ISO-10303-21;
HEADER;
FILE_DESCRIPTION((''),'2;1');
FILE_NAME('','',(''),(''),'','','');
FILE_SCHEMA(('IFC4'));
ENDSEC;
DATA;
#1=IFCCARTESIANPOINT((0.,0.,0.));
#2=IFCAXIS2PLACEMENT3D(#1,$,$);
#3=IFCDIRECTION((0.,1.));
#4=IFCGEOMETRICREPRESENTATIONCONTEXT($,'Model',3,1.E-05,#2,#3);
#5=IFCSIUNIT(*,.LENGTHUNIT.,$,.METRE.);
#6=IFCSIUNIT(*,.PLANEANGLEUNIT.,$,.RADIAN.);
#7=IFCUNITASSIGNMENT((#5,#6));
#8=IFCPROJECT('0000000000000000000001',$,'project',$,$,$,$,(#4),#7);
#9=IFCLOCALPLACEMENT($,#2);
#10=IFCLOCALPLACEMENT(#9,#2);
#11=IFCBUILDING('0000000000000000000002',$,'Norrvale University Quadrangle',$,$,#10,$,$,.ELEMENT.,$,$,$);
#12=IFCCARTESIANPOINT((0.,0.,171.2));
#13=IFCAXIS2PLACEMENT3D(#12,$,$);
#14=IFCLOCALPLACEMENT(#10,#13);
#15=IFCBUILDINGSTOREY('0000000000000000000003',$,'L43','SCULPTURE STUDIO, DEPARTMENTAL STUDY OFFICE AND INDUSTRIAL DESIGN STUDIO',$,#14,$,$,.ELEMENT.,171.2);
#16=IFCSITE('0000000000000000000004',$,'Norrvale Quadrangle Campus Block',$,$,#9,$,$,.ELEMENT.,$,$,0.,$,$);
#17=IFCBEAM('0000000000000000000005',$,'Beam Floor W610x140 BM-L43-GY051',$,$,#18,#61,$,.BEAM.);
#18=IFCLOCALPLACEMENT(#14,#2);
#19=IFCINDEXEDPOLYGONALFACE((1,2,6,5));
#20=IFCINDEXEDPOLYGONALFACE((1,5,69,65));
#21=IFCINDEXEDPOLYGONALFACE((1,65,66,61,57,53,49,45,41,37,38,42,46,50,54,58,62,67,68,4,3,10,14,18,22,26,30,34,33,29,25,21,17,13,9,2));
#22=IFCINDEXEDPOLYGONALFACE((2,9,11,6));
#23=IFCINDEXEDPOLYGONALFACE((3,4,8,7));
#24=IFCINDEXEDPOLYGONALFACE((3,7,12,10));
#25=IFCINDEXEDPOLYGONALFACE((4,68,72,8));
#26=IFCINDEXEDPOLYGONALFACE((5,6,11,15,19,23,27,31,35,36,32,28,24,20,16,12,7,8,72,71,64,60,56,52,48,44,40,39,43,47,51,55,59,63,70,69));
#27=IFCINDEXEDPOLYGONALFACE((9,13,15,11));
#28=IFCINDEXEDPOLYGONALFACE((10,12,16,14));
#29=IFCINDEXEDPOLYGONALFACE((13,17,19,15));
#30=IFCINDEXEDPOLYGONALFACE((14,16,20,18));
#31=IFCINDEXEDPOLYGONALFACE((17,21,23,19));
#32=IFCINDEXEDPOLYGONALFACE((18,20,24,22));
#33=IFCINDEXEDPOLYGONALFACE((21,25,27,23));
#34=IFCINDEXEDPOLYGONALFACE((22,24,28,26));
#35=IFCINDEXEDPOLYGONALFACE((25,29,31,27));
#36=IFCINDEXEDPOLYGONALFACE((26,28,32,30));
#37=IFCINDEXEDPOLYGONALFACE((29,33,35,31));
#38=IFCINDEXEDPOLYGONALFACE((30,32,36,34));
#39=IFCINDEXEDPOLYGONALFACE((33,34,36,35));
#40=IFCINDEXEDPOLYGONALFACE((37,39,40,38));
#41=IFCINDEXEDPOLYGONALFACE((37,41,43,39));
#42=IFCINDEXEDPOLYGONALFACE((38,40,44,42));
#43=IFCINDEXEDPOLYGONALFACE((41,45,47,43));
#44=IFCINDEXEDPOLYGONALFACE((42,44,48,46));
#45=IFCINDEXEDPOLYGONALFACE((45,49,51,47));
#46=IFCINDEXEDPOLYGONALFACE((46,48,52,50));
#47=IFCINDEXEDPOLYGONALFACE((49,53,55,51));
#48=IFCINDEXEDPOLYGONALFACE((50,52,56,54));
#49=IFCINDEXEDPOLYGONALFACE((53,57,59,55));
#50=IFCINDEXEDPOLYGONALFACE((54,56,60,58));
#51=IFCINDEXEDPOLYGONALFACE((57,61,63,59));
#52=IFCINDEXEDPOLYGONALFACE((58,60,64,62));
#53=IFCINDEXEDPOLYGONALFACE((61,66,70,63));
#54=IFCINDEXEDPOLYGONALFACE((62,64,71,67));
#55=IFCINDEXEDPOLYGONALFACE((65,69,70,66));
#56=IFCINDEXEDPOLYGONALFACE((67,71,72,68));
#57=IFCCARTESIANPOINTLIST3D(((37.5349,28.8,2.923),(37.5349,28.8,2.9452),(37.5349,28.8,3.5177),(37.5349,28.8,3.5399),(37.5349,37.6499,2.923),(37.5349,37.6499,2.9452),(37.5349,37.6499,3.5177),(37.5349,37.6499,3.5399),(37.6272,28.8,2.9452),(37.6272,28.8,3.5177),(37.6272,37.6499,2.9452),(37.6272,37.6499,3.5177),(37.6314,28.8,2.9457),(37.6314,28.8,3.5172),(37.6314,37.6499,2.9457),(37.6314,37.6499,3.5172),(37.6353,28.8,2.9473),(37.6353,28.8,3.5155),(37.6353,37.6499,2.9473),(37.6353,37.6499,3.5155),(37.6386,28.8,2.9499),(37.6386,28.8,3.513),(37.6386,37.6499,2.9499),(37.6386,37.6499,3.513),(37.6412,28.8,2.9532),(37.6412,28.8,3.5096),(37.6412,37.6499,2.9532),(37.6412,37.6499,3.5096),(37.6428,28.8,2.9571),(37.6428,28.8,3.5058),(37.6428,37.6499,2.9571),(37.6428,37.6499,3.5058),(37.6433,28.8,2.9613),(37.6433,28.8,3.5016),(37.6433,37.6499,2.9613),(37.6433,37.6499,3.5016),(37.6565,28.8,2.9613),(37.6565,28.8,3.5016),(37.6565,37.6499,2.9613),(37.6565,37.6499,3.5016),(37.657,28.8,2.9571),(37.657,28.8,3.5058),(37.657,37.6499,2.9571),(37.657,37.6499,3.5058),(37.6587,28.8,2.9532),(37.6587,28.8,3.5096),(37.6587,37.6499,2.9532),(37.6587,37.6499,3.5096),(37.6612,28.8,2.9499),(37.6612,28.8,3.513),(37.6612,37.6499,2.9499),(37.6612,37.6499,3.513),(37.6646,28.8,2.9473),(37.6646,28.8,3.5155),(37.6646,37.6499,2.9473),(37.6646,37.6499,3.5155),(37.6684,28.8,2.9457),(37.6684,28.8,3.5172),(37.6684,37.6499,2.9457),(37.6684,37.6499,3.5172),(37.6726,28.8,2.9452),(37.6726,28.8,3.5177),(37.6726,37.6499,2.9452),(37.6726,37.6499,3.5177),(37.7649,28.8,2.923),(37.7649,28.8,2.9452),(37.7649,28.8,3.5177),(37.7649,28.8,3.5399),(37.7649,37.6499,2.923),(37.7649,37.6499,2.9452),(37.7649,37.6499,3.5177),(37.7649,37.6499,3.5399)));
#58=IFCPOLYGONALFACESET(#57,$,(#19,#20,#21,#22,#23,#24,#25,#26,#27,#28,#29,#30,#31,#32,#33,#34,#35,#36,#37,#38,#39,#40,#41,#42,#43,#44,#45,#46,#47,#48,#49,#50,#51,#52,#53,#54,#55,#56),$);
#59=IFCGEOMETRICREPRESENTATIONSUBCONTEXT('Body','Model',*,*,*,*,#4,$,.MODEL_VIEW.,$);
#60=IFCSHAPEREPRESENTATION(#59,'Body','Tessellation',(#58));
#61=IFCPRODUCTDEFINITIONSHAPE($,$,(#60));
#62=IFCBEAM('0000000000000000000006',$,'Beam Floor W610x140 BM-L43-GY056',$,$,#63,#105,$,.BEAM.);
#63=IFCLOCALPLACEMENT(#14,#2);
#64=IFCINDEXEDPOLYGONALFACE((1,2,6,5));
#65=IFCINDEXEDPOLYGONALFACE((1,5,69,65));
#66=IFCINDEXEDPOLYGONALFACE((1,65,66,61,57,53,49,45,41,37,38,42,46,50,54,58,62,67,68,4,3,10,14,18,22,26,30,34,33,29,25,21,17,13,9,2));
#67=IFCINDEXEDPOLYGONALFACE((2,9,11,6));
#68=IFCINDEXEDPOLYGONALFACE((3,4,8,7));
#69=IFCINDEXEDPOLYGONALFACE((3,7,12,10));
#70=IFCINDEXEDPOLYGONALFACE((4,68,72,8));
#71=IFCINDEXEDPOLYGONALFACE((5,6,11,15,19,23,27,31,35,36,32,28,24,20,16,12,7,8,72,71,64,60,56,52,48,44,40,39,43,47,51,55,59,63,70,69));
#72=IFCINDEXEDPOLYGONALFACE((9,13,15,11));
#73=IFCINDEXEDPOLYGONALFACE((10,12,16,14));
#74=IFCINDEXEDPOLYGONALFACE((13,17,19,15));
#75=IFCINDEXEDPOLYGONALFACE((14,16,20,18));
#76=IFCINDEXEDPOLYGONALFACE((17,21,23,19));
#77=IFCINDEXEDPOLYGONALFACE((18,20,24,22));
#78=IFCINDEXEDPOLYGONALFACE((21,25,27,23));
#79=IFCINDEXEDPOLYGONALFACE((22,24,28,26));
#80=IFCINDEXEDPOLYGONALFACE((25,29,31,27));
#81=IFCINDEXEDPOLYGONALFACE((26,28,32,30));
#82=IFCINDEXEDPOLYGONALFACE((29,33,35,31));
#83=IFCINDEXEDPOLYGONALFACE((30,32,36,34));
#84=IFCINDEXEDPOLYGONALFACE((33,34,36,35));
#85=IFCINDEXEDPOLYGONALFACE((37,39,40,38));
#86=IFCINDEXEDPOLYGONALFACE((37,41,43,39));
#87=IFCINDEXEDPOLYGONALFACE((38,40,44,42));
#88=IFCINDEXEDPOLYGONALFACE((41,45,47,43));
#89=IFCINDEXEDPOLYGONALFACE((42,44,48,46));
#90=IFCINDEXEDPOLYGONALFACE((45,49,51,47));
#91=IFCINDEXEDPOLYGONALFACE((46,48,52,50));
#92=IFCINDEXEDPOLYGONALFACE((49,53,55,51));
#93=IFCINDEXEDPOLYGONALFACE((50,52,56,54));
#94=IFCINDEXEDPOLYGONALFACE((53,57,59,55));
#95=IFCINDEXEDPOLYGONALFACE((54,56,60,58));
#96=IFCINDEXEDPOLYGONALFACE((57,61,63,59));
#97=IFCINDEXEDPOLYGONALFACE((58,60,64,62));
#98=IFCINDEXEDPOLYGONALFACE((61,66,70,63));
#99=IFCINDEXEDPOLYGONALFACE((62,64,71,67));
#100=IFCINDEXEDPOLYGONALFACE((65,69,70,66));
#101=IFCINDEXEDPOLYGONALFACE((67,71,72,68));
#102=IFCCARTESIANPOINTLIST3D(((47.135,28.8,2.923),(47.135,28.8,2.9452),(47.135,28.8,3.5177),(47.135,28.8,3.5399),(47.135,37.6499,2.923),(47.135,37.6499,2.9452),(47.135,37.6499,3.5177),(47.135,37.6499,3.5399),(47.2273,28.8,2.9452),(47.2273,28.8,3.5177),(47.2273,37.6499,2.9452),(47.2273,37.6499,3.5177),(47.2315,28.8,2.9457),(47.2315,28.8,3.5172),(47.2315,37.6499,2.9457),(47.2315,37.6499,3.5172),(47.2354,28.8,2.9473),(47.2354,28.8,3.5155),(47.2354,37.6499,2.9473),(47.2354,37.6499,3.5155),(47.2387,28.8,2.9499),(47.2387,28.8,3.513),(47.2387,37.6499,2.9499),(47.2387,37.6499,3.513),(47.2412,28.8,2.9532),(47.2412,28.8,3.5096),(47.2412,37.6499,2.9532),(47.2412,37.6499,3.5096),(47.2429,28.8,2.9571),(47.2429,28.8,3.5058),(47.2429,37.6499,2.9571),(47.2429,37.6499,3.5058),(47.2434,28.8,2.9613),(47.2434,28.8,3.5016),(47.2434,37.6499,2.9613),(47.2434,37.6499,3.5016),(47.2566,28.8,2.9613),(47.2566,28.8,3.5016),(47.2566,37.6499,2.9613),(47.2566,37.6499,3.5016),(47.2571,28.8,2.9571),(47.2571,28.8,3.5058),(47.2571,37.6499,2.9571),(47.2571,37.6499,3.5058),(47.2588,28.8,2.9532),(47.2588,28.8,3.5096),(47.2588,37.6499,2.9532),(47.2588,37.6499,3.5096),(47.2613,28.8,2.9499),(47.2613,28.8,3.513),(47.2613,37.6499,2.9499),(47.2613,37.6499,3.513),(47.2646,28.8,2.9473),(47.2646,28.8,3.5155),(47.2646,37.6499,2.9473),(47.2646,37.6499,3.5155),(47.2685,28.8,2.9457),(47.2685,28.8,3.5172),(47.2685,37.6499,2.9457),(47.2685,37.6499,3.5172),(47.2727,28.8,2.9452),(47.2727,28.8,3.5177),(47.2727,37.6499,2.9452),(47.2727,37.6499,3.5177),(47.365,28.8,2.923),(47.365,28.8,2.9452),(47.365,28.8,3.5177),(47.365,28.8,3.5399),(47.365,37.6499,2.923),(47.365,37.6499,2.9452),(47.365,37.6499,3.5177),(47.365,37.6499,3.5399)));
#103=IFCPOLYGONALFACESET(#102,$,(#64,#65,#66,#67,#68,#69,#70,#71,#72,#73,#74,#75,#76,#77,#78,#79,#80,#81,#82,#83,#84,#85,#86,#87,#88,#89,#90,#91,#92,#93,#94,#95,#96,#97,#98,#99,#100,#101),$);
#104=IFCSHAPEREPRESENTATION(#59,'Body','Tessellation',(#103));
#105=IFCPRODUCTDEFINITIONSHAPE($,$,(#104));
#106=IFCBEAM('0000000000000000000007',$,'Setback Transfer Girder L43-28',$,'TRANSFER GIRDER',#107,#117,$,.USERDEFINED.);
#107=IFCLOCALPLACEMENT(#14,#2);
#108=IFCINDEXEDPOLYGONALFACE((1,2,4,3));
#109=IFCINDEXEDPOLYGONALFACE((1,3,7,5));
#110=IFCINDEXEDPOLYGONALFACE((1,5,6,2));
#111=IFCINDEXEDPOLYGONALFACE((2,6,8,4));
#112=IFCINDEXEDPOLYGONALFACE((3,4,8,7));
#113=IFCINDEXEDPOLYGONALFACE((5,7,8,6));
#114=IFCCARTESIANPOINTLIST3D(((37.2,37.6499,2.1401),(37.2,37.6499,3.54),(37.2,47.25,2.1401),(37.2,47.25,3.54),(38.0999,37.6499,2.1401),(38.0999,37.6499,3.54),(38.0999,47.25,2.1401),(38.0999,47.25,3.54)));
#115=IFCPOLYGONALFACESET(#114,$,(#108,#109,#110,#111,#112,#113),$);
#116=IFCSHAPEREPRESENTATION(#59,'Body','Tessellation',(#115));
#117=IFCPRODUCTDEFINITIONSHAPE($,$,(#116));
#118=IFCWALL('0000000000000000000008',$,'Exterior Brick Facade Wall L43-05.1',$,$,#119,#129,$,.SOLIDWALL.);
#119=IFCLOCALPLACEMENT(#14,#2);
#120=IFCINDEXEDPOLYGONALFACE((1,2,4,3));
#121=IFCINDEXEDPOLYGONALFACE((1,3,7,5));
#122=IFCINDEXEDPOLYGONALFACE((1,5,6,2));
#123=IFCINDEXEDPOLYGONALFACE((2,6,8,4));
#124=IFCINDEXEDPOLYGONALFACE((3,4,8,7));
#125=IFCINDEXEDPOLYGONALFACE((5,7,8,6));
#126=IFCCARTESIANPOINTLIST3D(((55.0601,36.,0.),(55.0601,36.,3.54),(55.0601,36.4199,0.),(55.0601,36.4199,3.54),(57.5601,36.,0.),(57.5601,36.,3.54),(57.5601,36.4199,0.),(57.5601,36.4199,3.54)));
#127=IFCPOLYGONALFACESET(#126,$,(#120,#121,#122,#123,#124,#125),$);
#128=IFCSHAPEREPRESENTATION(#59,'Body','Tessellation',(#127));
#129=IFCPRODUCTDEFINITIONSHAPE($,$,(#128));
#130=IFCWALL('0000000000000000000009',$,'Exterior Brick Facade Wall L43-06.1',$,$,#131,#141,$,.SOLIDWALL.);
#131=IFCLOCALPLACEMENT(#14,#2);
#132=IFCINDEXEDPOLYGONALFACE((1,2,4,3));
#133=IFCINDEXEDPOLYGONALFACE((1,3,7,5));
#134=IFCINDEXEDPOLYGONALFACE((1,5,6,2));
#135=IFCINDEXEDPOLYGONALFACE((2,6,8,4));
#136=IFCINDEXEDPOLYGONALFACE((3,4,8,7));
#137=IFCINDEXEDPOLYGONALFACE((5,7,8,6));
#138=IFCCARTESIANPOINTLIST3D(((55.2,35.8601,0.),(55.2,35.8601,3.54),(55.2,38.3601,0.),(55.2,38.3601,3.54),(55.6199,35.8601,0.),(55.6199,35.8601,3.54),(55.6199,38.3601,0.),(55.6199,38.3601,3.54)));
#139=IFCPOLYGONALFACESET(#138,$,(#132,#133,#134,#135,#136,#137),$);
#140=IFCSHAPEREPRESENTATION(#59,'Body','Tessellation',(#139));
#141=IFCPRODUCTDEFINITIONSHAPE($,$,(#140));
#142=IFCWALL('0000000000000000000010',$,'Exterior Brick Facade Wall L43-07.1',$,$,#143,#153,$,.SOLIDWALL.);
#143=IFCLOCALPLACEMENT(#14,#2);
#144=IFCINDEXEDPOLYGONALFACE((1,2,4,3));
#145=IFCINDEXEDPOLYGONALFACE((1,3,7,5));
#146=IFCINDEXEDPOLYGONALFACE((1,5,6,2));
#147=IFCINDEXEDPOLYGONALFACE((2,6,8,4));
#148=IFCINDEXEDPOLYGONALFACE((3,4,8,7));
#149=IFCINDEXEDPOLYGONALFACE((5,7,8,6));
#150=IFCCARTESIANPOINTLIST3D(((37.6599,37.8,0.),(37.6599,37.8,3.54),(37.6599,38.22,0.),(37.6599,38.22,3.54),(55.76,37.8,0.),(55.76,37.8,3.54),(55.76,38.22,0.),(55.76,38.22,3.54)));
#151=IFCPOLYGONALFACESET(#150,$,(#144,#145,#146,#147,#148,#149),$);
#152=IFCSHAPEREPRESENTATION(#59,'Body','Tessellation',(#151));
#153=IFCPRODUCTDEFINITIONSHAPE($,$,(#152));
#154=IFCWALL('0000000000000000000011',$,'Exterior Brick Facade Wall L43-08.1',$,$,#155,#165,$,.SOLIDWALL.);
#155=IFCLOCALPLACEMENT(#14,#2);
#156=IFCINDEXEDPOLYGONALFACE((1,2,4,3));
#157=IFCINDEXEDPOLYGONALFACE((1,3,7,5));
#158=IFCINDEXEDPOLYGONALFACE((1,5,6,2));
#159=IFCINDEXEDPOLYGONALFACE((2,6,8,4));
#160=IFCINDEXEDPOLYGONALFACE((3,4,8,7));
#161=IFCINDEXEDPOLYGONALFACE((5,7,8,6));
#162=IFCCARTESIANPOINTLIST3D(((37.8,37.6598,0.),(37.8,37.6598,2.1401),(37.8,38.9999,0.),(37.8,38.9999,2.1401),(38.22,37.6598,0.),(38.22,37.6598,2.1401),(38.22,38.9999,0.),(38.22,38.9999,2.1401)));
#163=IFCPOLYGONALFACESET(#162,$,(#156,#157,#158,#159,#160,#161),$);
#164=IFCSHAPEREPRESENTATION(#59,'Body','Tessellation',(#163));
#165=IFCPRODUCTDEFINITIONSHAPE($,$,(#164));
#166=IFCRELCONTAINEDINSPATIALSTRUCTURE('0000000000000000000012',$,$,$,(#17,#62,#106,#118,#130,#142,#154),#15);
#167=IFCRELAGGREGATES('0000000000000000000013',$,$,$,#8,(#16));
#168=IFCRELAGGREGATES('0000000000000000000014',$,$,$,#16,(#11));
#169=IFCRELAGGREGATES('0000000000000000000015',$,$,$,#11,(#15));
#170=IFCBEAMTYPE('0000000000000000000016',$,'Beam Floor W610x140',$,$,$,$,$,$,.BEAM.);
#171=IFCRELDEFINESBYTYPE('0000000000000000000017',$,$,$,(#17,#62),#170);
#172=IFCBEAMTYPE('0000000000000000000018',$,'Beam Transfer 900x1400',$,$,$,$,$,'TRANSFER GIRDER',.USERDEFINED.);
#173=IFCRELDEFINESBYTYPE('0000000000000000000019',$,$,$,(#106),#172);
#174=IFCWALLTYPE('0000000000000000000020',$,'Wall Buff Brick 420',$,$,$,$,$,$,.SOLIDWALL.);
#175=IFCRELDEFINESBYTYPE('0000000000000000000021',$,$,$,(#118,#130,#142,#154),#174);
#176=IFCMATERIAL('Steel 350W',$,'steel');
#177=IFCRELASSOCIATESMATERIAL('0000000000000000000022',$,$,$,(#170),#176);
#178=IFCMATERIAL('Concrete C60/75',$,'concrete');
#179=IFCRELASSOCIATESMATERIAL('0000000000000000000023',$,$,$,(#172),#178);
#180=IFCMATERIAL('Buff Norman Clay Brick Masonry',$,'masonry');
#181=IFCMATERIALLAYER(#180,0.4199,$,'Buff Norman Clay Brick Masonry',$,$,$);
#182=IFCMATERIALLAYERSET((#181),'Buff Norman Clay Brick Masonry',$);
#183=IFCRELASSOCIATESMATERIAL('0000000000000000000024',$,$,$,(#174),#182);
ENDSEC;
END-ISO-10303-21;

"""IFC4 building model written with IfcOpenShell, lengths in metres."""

from ifc_helpers import new_model, si_unit, direction, frame, frame_2d, origin, origin_2d, place, context, subcontext, project, spatial, rectangle, i_section, extrude, material, layer, layer_set, material_profile, profile_set, type_object, element, save


model = new_model("IFC4")

# Units and contexts
model_context = context("Model", 3, precision=1e-05, world=origin(), true_north=direction((0.0, 1.0)))
body_context = subcontext(model_context, "Body", "Model", "MODEL_VIEW")
ifc_project = project(units=[si_unit("LENGTHUNIT", "METRE"), si_unit("PLANEANGLEUNIT", "RADIAN")], contexts=[model_context])

# Site, building, storey
site_placement = place(None, origin())
site = spatial("IfcSite", under=ifc_project, at=site_placement, Name="Norrvale Quadrangle Campus Block", CompositionType="ELEMENT", RefElevation=0.0)
building_placement = place(site_placement, origin())
building = spatial("IfcBuilding", under=site, at=building_placement, Name="Norrvale University Quadrangle", CompositionType="ELEMENT")
storey_placement = place(building_placement, frame((0.0, 0.0, 171.2)))
storey = spatial("IfcBuildingStorey", under=building, at=storey_placement, Name="L43", Description="SCULPTURE STUDIO, DEPARTMENTAL STUDY OFFICE AND INDUSTRIAL DESIGN STUDIO", CompositionType="ELEMENT", Elevation=171.2)

# Shared definitions
ifc_material_1 = material(Name="Concrete C60/75", Category="concrete")

# Beams
ifc_material_2 = material(Name="Steel 350W", Category="steel")
ifc_material_profile_1 = material_profile(ifc_material_2, i_section(OverallWidth=0.23, OverallDepth=0.6169, WebThickness=0.0132, FlangeThickness=0.0222, FilletRadius=0.0161, at=origin_2d()), Name="Steel 350W")
ifc_profile_set_1 = profile_set([ifc_material_profile_1], Name="Steel 350W")
beam_type_1 = type_object("IfcBeamType", Name="Beam Floor W610x140", PredefinedType="BEAM", material=ifc_profile_set_1)
for number, where, z_axis, x_axis, name in (
    (1, (37.6499, 28.8, 3.2314), (0.0, 1.0, 0.0), (-1.0, 0.0, 0.0), "Beam Floor W610x140 BM-L43-GY051"),
    (2, (47.25, 28.8, 3.2314), (0.0, 1.0, 0.0), (-1.0, 0.0, 0.0), "Beam Floor W610x140 BM-L43-GY056"),
):
    element("IfcBeam", number, at=place(storey_placement, frame(where, z_axis=z_axis, x_axis=x_axis)), inside=storey, type_object=beam_type_1, Name=name, PredefinedType="BEAM", context=body_context, shape_type="SweptSolid", body=[
        extrude(i_section(OverallWidth=0.23, OverallDepth=0.6169, WebThickness=0.0132, FlangeThickness=0.0222, FilletRadius=0.0161, at=origin_2d()), origin(), (0.0, 0.0, 1.0), 8.8499),
    ])
ifc_material_profile_2 = material_profile(ifc_material_1, rectangle(XDim=0.8999, YDim=1.3999, at=origin_2d()), Name="Concrete C60/75")
ifc_profile_set_2 = profile_set([ifc_material_profile_2], Name="Concrete C60/75")
beam_type_2 = type_object("IfcBeamType", Name="Beam Transfer 900x1400", ElementType="TRANSFER GIRDER", PredefinedType="USERDEFINED", material=ifc_profile_set_2)
beam_placement = place(storey_placement, frame((37.6499, 37.6499, 2.8401), z_axis=(0.0, 1.0, 0.0), x_axis=(-1.0, 0.0, 0.0)))
element("IfcBeam", 3, at=beam_placement, inside=storey, type_object=beam_type_2, Name="Setback Transfer Girder L43-28", ObjectType="TRANSFER GIRDER", PredefinedType="USERDEFINED", context=body_context, shape_type="SweptSolid", body=[
    extrude(rectangle(XDim=0.8999, YDim=1.3999, at=origin_2d()), origin(), (0.0, 0.0, 1.0), 9.6001),
])

# Walls
ifc_material_3 = material(Name="Buff Norman Clay Brick Masonry", Category="masonry")
ifc_layer = layer(ifc_material_3, 0.4199, Name="Buff Norman Clay Brick Masonry")
ifc_layer_set = layer_set([ifc_layer], Name="Buff Norman Clay Brick Masonry")
wall_type = type_object("IfcWallType", Name="Wall Buff Brick 420", PredefinedType="SOLIDWALL", material=ifc_layer_set)
for number, where, z_axis, x_axis, name in (
    (4, (57.5601, 36.21, 0.0), (0.0, 0.0, 1.0), (-1.0, 0.0, 0.0), "Exterior Brick Facade Wall L43-05.1"),
    (5, (55.4099, 35.8601, 0.0), (0.0, 0.0, 1.0), (0.0, 1.0, 0.0), "Exterior Brick Facade Wall L43-06.1"),
):
    element("IfcWall", number, at=place(storey_placement, frame(where, z_axis=z_axis, x_axis=x_axis)), inside=storey, type_object=wall_type, Name=name, PredefinedType="SOLIDWALL", context=body_context, shape_type="SweptSolid", body=[
        extrude(rectangle(XDim=2.5, YDim=0.4199, at=frame_2d((1.25, 0.0))), origin(), (0.0, 0.0, 1.0), 3.54),
    ])
wall_1_placement = place(storey_placement, frame((55.76, 38.01, 0.0), z_axis=(0.0, 0.0, 1.0), x_axis=(-1.0, 0.0, 0.0)))
element("IfcWall", 6, at=wall_1_placement, inside=storey, type_object=wall_type, Name="Exterior Brick Facade Wall L43-07.1", PredefinedType="SOLIDWALL", context=body_context, shape_type="SweptSolid", body=[
    extrude(rectangle(XDim=18.1001, YDim=0.4199, at=frame_2d((9.05, 0.0))), origin(), (0.0, 0.0, 1.0), 3.54),
])
wall_2_placement = place(storey_placement, frame((38.01, 37.6599, 0.0), z_axis=(0.0, 0.0, 1.0), x_axis=(0.0, 1.0, 0.0)))
element("IfcWall", 7, at=wall_2_placement, inside=storey, type_object=wall_type, Name="Exterior Brick Facade Wall L43-08.1", PredefinedType="SOLIDWALL", context=body_context, shape_type="SweptSolid", body=[
    extrude(rectangle(XDim=1.3401, YDim=0.4199, at=frame_2d((0.6699, 0.0))), origin(), (0.0, 0.0, 1.0), 2.1401),
])

save(model, "model.ifc")
